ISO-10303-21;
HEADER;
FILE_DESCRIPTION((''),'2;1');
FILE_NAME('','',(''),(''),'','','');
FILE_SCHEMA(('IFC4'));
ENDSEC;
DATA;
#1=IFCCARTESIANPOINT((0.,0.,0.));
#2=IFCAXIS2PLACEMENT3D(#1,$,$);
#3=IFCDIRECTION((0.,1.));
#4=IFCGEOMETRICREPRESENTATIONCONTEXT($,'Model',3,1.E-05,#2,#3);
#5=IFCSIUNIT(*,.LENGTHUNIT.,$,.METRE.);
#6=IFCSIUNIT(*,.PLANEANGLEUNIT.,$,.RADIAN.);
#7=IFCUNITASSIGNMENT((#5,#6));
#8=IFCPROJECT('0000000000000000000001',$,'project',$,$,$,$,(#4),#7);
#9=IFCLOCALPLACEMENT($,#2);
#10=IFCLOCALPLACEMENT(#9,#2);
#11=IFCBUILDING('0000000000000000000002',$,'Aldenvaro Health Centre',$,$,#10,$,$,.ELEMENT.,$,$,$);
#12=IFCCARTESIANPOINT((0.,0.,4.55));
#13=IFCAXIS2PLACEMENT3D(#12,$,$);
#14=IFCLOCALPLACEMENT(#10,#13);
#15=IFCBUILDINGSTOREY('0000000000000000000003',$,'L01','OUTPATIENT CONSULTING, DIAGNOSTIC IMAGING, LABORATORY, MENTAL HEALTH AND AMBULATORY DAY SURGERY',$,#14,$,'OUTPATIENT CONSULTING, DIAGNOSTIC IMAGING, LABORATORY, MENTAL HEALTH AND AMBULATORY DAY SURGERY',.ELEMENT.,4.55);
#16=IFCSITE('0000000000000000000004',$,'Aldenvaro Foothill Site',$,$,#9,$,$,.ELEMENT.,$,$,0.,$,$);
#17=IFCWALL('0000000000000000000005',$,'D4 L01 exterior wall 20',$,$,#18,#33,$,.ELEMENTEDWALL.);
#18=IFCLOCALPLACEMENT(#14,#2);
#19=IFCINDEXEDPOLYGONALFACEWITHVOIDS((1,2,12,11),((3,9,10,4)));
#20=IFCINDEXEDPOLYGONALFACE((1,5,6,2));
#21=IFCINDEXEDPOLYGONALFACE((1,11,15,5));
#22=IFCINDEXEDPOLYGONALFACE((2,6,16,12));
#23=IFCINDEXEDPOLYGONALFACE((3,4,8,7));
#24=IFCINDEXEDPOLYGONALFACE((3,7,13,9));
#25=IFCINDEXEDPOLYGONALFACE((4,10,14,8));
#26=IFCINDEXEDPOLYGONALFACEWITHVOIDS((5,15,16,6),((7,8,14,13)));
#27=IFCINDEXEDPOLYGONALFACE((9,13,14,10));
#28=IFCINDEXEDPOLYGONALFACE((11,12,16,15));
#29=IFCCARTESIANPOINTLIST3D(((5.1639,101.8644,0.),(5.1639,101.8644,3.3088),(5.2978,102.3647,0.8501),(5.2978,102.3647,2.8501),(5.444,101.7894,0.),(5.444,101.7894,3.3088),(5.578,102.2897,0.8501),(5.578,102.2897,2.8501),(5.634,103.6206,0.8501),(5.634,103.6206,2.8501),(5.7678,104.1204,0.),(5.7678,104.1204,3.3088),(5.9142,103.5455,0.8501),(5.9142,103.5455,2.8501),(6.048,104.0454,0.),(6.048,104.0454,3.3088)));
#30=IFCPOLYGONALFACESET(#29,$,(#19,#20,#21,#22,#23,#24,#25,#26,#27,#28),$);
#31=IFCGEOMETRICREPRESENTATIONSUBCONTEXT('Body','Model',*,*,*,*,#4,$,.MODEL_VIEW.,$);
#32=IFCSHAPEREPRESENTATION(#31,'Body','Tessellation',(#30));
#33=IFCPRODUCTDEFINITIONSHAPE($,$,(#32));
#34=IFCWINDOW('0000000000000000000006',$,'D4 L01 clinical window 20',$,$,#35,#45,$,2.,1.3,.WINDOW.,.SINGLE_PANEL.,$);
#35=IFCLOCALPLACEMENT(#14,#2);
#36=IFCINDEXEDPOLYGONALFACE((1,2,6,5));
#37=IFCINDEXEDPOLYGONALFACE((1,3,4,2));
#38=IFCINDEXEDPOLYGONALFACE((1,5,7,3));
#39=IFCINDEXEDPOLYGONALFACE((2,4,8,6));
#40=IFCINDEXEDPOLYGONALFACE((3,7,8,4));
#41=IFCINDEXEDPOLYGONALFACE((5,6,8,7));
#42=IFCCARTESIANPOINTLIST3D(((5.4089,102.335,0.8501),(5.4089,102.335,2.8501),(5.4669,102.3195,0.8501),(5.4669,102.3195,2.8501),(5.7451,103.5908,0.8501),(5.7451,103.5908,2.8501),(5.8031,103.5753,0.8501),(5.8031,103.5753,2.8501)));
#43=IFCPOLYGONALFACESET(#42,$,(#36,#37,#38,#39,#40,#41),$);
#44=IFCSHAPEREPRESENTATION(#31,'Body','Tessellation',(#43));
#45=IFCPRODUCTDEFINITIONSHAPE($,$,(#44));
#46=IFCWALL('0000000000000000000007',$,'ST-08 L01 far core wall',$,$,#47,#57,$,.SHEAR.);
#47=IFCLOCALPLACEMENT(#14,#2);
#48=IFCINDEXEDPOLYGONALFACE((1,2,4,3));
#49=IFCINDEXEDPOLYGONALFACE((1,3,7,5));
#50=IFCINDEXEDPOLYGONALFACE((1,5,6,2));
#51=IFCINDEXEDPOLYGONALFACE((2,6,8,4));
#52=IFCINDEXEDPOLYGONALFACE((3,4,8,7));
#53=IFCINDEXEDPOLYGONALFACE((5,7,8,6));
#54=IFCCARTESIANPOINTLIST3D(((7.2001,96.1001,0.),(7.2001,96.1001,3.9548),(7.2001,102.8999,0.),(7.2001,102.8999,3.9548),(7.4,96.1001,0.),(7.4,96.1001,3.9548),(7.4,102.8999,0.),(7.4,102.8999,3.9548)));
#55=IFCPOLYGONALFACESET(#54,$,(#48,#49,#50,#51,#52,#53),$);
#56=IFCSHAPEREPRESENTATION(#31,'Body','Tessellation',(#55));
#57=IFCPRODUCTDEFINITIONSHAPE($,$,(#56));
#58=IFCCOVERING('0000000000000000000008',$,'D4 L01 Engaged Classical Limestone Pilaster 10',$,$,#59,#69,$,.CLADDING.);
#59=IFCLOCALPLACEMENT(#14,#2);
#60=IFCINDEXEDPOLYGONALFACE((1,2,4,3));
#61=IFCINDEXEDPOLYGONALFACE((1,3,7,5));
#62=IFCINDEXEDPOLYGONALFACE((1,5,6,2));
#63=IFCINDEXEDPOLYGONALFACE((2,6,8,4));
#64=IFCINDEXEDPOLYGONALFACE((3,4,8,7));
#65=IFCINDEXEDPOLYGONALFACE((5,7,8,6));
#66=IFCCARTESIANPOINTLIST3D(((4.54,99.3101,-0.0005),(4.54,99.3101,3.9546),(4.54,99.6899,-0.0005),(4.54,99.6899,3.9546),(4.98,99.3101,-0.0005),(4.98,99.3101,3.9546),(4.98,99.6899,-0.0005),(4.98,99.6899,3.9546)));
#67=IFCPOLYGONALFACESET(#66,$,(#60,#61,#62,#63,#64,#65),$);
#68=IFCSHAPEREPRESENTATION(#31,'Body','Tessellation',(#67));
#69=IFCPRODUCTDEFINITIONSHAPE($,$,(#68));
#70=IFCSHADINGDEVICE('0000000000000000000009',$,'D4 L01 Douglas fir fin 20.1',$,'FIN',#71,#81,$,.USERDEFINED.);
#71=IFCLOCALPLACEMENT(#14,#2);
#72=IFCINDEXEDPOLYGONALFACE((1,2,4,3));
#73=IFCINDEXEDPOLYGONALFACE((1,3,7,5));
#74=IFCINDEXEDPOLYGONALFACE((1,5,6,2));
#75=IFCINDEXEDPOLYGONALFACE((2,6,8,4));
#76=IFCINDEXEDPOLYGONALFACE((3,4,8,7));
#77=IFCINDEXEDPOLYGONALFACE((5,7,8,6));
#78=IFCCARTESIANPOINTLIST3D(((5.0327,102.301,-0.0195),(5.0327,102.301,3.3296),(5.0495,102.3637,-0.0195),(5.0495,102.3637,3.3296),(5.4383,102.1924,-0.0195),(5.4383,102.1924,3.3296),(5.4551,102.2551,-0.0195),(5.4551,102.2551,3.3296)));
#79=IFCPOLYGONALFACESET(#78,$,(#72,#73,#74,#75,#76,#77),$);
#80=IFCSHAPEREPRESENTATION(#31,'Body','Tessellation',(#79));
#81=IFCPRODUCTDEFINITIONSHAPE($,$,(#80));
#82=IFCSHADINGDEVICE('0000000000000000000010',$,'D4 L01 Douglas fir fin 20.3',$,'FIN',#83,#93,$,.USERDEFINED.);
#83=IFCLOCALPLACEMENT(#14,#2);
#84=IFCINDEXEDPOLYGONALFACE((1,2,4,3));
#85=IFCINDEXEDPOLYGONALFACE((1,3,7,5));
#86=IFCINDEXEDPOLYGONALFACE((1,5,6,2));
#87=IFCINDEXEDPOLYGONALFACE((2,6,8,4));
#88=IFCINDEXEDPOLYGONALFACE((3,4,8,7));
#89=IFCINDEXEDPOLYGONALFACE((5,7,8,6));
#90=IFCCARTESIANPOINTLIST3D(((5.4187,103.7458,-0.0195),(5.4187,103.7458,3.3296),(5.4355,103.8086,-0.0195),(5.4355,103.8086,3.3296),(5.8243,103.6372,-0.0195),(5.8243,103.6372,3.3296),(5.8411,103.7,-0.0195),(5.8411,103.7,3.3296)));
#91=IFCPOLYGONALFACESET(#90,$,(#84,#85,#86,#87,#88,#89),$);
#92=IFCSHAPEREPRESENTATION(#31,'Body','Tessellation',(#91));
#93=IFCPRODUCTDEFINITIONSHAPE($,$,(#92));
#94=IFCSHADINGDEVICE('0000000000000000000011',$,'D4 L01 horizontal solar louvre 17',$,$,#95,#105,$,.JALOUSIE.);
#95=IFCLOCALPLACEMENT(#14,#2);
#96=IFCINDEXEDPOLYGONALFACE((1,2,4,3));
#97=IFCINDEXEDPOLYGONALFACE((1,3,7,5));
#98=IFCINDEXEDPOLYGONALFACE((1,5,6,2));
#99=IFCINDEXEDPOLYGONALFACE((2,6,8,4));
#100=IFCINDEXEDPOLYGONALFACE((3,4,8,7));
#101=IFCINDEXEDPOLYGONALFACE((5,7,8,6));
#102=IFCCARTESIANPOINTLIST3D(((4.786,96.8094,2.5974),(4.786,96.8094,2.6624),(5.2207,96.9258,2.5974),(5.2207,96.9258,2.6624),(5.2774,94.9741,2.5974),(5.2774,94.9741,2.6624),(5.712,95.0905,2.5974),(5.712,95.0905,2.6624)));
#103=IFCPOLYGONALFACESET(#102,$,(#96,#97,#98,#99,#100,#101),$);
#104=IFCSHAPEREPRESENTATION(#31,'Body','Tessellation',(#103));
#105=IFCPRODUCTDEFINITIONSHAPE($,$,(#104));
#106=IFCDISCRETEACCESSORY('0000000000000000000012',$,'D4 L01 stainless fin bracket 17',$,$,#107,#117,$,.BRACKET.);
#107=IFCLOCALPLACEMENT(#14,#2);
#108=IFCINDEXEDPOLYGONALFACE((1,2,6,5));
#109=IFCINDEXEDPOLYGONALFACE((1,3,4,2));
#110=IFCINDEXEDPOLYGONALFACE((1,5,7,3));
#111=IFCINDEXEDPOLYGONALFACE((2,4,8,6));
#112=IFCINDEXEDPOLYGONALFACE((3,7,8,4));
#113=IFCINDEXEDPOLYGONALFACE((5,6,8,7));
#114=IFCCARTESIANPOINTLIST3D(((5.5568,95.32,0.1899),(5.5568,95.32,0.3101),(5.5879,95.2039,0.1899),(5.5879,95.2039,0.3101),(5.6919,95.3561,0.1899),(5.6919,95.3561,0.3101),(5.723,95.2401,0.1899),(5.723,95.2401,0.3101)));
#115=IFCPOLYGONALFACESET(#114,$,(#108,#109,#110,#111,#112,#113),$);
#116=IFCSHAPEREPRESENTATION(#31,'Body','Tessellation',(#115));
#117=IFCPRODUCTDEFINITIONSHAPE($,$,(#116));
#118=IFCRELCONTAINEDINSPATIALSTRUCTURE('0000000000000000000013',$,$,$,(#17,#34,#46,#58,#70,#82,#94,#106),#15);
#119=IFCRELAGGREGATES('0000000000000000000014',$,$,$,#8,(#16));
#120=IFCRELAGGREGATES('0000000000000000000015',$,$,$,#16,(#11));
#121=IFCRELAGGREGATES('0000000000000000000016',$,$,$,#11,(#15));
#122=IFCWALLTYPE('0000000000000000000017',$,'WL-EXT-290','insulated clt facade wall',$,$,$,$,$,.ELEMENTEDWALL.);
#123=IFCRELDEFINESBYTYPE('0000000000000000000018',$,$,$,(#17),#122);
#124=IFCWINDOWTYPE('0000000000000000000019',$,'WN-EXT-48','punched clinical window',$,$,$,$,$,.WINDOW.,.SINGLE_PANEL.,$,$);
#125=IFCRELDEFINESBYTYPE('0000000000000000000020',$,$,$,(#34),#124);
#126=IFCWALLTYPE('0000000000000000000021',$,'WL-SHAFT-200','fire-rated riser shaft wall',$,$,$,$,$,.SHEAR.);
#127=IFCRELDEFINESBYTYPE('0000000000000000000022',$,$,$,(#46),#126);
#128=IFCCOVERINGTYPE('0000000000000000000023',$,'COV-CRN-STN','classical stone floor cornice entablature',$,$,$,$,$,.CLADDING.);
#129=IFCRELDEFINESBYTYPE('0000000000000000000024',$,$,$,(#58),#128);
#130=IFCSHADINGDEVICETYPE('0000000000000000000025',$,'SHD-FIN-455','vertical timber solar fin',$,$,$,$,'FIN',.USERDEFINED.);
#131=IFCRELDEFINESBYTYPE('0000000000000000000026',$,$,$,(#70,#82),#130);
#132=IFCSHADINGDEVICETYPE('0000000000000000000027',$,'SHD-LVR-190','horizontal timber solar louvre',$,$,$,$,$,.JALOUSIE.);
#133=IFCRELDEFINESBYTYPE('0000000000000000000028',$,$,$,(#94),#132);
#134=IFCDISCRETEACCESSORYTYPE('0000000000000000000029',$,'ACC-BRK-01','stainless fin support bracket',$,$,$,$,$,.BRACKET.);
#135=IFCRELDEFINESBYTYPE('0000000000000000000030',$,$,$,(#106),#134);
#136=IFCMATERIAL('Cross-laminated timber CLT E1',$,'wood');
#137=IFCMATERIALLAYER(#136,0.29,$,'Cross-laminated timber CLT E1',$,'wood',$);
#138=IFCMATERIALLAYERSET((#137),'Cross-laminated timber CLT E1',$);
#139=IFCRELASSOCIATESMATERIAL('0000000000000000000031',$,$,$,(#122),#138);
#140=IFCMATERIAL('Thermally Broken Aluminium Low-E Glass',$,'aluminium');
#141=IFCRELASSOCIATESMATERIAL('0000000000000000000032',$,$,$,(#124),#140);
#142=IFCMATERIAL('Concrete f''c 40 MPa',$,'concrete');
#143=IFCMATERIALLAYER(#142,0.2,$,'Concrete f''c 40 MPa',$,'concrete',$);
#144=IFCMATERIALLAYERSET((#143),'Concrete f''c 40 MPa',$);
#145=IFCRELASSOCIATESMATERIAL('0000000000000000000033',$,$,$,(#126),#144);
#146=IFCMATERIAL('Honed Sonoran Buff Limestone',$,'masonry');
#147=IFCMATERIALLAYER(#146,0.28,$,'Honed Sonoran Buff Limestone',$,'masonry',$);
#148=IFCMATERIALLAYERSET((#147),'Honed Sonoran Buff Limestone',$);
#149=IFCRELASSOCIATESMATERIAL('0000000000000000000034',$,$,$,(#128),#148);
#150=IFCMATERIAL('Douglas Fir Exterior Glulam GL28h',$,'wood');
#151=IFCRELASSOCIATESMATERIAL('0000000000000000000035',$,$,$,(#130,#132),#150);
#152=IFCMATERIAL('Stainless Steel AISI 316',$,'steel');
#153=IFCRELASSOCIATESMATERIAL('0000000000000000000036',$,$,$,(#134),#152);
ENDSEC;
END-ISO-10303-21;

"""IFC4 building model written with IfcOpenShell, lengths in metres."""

from ifc_helpers import new_model, si_unit, direction, frame, frame_2d, origin, origin_2d, place, context, subcontext, project, spatial, rectangle, extrude, material, layer, layer_set, type_object, element, fill, save


model = new_model("IFC4")

# Units and contexts
model_context = context("Model", 3, precision=1e-05, world=origin(), true_north=direction((0.0, 1.0)))
body_context = subcontext(model_context, "Body", "Model", "MODEL_VIEW")
ifc_project = project(units=[si_unit("LENGTHUNIT", "METRE"), si_unit("PLANEANGLEUNIT", "RADIAN")], contexts=[model_context])

# Site, building, storey
site_placement = place(None, origin())
site = spatial("IfcSite", under=ifc_project, at=site_placement, Name="Aldenvaro Foothill Site", CompositionType="ELEMENT", RefElevation=0.0)
building_placement = place(site_placement, origin())
building = spatial("IfcBuilding", under=site, at=building_placement, Name="Aldenvaro Health Centre", CompositionType="ELEMENT")
storey_placement = place(building_placement, frame((0.0, 0.0, 4.55)))
storey = spatial("IfcBuildingStorey", under=building, at=storey_placement, Name="L01", Description="OUTPATIENT CONSULTING, DIAGNOSTIC IMAGING, LABORATORY, MENTAL HEALTH AND AMBULATORY DAY SURGERY", LongName="OUTPATIENT CONSULTING, DIAGNOSTIC IMAGING, LABORATORY, MENTAL HEALTH AND AMBULATORY DAY SURGERY", CompositionType="ELEMENT", Elevation=4.55)

# Shared definitions
ifc_material_1 = material(Name="Cross-laminated timber CLT E1", Category="wood")
ifc_layer_1 = layer(ifc_material_1, 0.29, Name="Cross-laminated timber CLT E1", Category="wood")
ifc_layer_set_1 = layer_set([ifc_layer_1], Name="Cross-laminated timber CLT E1")
wall_type_1 = type_object("IfcWallType", Name="WL-EXT-290", Description="insulated clt facade wall", PredefinedType="ELEMENTEDWALL", material=ifc_layer_set_1)

# Wall, opening, window
wall_1_placement = place(storey_placement, frame((5.304, 101.8269, 0.0), z_axis=(0.0, 0.0, 1.0), x_axis=(0.258612, 0.965981, 0.0)))
wall_1 = element("IfcWall", 1, at=wall_1_placement, inside=storey, type_object=wall_type_1, Name="D4 L01 exterior wall 20", PredefinedType="ELEMENTEDWALL", context=body_context, shape_type="SweptSolid", body=[
    extrude(rectangle(XDim=2.3354, YDim=0.29, at=frame_2d((1.1677, 0.0))), origin(), (0.0, 0.0, 1.0), 3.3088),
])
opening_placement = place(wall_1_placement, frame((0.5181, 0.0, 0.8501)))
opening = element("IfcOpeningElement", 2, at=opening_placement, cuts=wall_1, PredefinedType="OPENING", context=body_context, shape_type="SweptSolid", body=[
    extrude(rectangle(XDim=1.3, YDim=2.0, at=frame_2d((0.6499, 1.0))), frame((0.0, 0.155, 0.0), z_axis=(0.0, -1.0, 0.0), x_axis=(1.0, 0.0, 0.0)), (0.0, 0.0, 1.0), 0.3101),
])
ifc_material_2 = material(Name="Thermally Broken Aluminium Low-E Glass", Category="aluminium")
window_type = type_object("IfcWindowType", Name="WN-EXT-48", Description="punched clinical window", PartitioningType="SINGLE_PANEL", PredefinedType="WINDOW", material=ifc_material_2)
window_placement = place(opening_placement, origin())
window = element("IfcWindow", 3, at=window_placement, inside=storey, type_object=window_type, Name="D4 L01 clinical window 20", OverallHeight=2.0, OverallWidth=1.3, PartitioningType="SINGLE_PANEL", PredefinedType="WINDOW", context=body_context, shape_type="SweptSolid", body=[
    extrude(rectangle(XDim=1.3, YDim=2.0, at=frame_2d((0.6499, 1.0))), frame((0.0, 0.03, 0.0), z_axis=(0.0, -1.0, 0.0), x_axis=(1.0, 0.0, 0.0)), (0.0, 0.0, 1.0), 0.0601),
])
fill(opening, window)

# Wall
ifc_material_3 = material(Name="Concrete f'c 40 MPa", Category="concrete")
ifc_layer_2 = layer(ifc_material_3, 0.2, Name="Concrete f'c 40 MPa", Category="concrete")
ifc_layer_set_2 = layer_set([ifc_layer_2], Name="Concrete f'c 40 MPa")
wall_type_2 = type_object("IfcWallType", Name="WL-SHAFT-200", Description="fire-rated riser shaft wall", PredefinedType="SHEAR", material=ifc_layer_set_2)
wall_2_placement = place(storey_placement, frame((7.3, 96.1001, 0.0), z_axis=(0.0, 0.0, 1.0), x_axis=(0.0, 1.0, 0.0)))
element("IfcWall", 4, at=wall_2_placement, inside=storey, type_object=wall_type_2, Name="ST-08 L01 far core wall", PredefinedType="SHEAR", context=body_context, shape_type="SweptSolid", body=[
    extrude(rectangle(XDim=6.7998, YDim=0.2, at=frame_2d((3.3999, 0.0))), origin(), (0.0, 0.0, 1.0), 3.9548),
])

# Covering
ifc_material_4 = material(Name="Honed Sonoran Buff Limestone", Category="masonry")
ifc_layer_3 = layer(ifc_material_4, 0.28, Name="Honed Sonoran Buff Limestone", Category="masonry")
ifc_layer_set_3 = layer_set([ifc_layer_3], Name="Honed Sonoran Buff Limestone")
covering_type = type_object("IfcCoveringType", Name="COV-CRN-STN", Description="classical stone floor cornice entablature", PredefinedType="CLADDING", material=ifc_layer_set_3)
covering_placement = place(storey_placement, frame((4.76, 99.5, -0.0005), z_axis=(0.0, 0.0, 1.0), x_axis=(-1.0, 0.0, 0.0)))
element("IfcCovering", 5, at=covering_placement, inside=storey, type_object=covering_type, Name="D4 L01 Engaged Classical Limestone Pilaster 10", PredefinedType="CLADDING", context=body_context, shape_type="SweptSolid", body=[
    extrude(rectangle(XDim=0.4399, YDim=0.3799, at=origin_2d()), origin(), (0.0, 0.0, 1.0), 3.9551),
])

# Shading devices
ifc_material_5 = material(Name="Douglas Fir Exterior Glulam GL28h", Category="wood")
shading_device_type_1 = type_object("IfcShadingDeviceType", Name="SHD-FIN-455", Description="vertical timber solar fin", ElementType="FIN", PredefinedType="USERDEFINED", material=ifc_material_5)
for number, where, z_axis, x_axis, name in (
    (6, (5.2439, 102.2781, -0.0195), (0.0, 0.0, 1.0), (0.258622, 0.965979, 0.0), "D4 L01 Douglas fir fin 20.1"),
    (7, (5.6299, 103.7229, -0.0195), (0.0, 0.0, 1.0), (0.258622, 0.965979, 0.0), "D4 L01 Douglas fir fin 20.3"),
):
    element("IfcShadingDevice", number, at=place(storey_placement, frame(where, z_axis=z_axis, x_axis=x_axis)), inside=storey, type_object=shading_device_type_1, Name=name, ObjectType="FIN", PredefinedType="USERDEFINED", context=body_context, shape_type="SweptSolid", body=[
        extrude(rectangle(XDim=0.0649, YDim=0.4199, at=origin_2d()), origin(), (0.0, 0.0, 1.0), 3.3491),
    ])
shading_device_type_2 = type_object("IfcShadingDeviceType", Name="SHD-LVR-190", Description="horizontal timber solar louvre", PredefinedType="JALOUSIE", material=ifc_material_5)
shading_device_placement = place(storey_placement, frame((5.249, 95.95, 2.5974), z_axis=(0.0, 0.0, 1.0), x_axis=(-0.258622, 0.965979, 0.0)))
element("IfcShadingDevice", 8, at=shading_device_placement, inside=storey, type_object=shading_device_type_2, Name="D4 L01 horizontal solar louvre 17", PredefinedType="JALOUSIE", context=body_context, shape_type="SweptSolid", body=[
    extrude(rectangle(XDim=1.8999, YDim=0.45, at=origin_2d()), origin(), (0.0, 0.0, 1.0), 0.0649),
])

# Discrete accessory
ifc_material_6 = material(Name="Stainless Steel AISI 316", Category="steel")
discrete_accessory_type = type_object("IfcDiscreteAccessoryType", Name="ACC-BRK-01", Description="stainless fin support bracket", PredefinedType="BRACKET", material=ifc_material_6)
discrete_accessory_placement = place(storey_placement, frame((5.6399, 95.28, 0.1899), z_axis=(0.0, 0.0, 1.0), x_axis=(-0.258622, 0.965979, 0.0)))
element("IfcDiscreteAccessory", 9, at=discrete_accessory_placement, inside=storey, type_object=discrete_accessory_type, Name="D4 L01 stainless fin bracket 17", PredefinedType="BRACKET", context=body_context, shape_type="SweptSolid", body=[
    extrude(rectangle(XDim=0.1201, YDim=0.1399, at=origin_2d()), origin(), (0.0, 0.0, 1.0), 0.1201),
])

save(model, "model.ifc")
